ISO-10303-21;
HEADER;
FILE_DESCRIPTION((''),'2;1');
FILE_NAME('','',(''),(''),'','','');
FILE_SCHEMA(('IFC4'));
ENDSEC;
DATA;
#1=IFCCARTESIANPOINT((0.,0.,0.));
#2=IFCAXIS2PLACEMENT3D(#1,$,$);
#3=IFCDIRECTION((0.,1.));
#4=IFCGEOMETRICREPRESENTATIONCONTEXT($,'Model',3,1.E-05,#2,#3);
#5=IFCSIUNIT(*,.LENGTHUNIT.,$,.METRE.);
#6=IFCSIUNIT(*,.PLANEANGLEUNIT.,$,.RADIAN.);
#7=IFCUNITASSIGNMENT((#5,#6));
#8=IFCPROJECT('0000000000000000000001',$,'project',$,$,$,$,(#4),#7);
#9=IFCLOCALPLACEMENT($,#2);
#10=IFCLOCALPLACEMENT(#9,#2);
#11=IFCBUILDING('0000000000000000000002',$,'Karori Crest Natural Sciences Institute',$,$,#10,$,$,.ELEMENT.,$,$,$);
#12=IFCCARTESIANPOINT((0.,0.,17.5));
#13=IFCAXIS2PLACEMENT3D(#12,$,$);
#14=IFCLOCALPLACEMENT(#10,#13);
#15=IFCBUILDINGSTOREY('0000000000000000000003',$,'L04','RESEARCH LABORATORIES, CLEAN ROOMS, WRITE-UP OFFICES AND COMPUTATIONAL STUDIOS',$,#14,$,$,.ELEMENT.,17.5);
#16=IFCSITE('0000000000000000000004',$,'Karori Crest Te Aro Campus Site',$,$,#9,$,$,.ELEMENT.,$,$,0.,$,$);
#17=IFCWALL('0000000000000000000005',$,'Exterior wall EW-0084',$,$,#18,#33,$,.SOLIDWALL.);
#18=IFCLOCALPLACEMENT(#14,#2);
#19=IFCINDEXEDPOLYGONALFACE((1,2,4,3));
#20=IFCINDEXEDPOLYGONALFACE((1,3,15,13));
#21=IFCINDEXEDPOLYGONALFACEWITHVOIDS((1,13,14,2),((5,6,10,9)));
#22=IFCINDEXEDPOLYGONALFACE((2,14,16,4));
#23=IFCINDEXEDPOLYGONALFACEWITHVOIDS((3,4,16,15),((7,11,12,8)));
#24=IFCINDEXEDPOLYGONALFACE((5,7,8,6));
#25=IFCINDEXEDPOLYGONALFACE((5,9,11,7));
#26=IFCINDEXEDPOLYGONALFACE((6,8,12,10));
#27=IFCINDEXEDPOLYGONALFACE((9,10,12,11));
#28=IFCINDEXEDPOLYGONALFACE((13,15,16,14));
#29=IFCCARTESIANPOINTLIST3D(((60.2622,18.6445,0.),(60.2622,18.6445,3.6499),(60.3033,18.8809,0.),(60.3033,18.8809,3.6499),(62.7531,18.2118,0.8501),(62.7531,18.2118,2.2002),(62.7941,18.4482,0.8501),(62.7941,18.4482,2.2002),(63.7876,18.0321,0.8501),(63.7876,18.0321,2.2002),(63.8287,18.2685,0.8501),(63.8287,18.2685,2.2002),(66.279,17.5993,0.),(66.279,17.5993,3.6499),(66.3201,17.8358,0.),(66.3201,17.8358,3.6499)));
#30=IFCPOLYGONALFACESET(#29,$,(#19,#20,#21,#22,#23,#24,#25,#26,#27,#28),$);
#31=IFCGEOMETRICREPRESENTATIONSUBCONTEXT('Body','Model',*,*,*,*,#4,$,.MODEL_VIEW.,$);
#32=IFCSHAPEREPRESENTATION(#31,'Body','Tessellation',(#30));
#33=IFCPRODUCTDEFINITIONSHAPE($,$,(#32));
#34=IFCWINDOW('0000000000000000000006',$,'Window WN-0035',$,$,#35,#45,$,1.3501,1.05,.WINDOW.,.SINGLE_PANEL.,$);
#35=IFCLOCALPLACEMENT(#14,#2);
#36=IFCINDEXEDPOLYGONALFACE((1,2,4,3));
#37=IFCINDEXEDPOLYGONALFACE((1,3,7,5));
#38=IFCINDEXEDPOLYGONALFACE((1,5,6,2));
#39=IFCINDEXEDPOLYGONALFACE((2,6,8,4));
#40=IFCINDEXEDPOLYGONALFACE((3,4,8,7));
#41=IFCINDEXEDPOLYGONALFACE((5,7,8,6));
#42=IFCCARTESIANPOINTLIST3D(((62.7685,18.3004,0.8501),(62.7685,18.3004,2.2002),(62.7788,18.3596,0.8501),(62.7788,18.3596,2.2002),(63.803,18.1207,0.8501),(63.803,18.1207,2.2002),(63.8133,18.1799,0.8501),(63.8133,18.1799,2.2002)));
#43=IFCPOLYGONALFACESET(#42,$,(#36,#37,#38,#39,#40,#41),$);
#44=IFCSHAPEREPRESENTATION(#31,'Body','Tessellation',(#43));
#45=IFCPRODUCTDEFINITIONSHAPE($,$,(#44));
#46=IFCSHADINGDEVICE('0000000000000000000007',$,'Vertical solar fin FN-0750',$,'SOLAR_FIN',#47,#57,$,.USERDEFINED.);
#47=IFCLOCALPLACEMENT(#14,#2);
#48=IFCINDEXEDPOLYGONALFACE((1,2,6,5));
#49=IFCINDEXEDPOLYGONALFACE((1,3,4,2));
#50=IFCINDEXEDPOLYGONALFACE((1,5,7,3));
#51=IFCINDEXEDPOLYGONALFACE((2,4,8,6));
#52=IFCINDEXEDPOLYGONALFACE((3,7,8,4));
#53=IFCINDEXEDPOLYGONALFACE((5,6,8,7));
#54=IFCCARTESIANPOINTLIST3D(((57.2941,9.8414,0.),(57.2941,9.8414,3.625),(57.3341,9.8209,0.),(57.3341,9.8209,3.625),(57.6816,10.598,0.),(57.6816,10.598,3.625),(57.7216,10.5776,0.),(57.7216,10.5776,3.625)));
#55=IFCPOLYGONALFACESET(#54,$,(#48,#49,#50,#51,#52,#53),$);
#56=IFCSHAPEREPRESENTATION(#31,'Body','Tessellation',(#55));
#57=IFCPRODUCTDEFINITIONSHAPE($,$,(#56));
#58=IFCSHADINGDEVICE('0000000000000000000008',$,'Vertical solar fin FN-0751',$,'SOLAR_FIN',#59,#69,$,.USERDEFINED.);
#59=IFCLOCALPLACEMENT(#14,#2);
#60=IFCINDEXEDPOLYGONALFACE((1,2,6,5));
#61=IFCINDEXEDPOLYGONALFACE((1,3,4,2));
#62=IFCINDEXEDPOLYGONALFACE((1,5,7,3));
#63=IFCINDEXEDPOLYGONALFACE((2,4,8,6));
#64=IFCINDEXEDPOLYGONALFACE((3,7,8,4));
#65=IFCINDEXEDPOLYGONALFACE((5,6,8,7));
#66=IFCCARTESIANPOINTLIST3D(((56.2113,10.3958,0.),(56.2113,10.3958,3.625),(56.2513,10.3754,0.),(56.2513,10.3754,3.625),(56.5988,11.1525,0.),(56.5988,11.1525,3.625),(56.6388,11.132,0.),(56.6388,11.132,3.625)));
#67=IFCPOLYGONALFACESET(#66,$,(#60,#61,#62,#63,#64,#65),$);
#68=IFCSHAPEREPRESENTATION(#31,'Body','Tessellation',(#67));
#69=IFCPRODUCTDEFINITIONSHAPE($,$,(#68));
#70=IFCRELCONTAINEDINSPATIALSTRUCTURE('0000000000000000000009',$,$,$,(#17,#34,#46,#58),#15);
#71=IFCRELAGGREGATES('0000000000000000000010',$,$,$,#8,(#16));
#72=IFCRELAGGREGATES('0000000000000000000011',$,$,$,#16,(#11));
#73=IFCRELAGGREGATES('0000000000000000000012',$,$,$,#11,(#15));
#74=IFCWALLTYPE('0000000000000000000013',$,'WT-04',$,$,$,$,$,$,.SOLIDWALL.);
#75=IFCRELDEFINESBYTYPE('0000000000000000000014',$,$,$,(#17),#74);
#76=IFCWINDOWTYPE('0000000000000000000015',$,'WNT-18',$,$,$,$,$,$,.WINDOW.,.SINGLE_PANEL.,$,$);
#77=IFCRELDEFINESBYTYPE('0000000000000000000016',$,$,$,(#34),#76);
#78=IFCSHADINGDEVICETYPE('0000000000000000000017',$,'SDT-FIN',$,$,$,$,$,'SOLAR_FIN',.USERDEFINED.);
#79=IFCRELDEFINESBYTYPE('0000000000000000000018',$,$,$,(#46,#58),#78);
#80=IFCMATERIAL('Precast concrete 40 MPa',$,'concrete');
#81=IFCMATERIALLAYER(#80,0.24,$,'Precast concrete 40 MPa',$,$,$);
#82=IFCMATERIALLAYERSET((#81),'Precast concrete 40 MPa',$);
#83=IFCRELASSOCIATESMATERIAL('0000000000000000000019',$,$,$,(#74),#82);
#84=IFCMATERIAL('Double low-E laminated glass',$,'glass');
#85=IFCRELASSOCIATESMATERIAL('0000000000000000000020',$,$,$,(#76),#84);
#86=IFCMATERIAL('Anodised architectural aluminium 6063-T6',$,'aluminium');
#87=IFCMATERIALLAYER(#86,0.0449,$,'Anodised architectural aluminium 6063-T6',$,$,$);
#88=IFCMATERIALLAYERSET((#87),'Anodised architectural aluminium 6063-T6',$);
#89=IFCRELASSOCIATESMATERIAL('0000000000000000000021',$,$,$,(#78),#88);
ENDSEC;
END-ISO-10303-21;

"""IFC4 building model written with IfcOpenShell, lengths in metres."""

from ifc_helpers import new_model, si_unit, direction, frame, frame_2d, origin, origin_2d, place, context, subcontext, project, spatial, rectangle, extrude, material, layer, layer_set, type_object, element, fill, save


model = new_model("IFC4")

# Units and contexts
model_context = context("Model", 3, precision=1e-05, world=origin(), true_north=direction((0.0, 1.0)))
body_context = subcontext(model_context, "Body", "Model", "MODEL_VIEW")
ifc_project = project(units=[si_unit("LENGTHUNIT", "METRE"), si_unit("PLANEANGLEUNIT", "RADIAN")], contexts=[model_context])

# Site, building, storey
site_placement = place(None, origin())
site = spatial("IfcSite", under=ifc_project, at=site_placement, Name="Karori Crest Te Aro Campus Site", CompositionType="ELEMENT", RefElevation=0.0)
building_placement = place(site_placement, origin())
building = spatial("IfcBuilding", under=site, at=building_placement, Name="Karori Crest Natural Sciences Institute", CompositionType="ELEMENT")
storey_placement = place(building_placement, frame((0.0, 0.0, 17.5)))
storey = spatial("IfcBuildingStorey", under=building, at=storey_placement, Name="L04", Description="RESEARCH LABORATORIES, CLEAN ROOMS, WRITE-UP OFFICES AND COMPUTATIONAL STUDIOS", CompositionType="ELEMENT", Elevation=17.5)

# Shared definitions
ifc_material_1 = material(Name="Anodised architectural aluminium 6063-T6", Category="aluminium")

# Shared definitions
ifc_material_2 = material(Name="Double low-E laminated glass", Category="glass")

# Wall, opening, window
ifc_material_3 = material(Name="Precast concrete 40 MPa", Category="concrete")
ifc_layer_1 = layer(ifc_material_3, 0.24, Name="Precast concrete 40 MPa")
ifc_layer_set_1 = layer_set([ifc_layer_1], Name="Precast concrete 40 MPa")
wall_type_1 = type_object("IfcWallType", Name="WT-04", PredefinedType="SOLIDWALL", material=ifc_layer_set_1)
wall_1_placement = place(storey_placement, frame((60.2827, 18.7627, 0.0), z_axis=(0.0, 0.0, 1.0), x_axis=(0.985246, -0.171144, 0.0)))
wall_1 = element("IfcWall", 1, at=wall_1_placement, inside=storey, type_object=wall_type_1, Name="Exterior wall EW-0084", PredefinedType="SOLIDWALL", context=body_context, shape_type="SweptSolid", body=[
    extrude(rectangle(XDim=6.1069, YDim=0.24, at=frame_2d((3.0535, 0.0))), origin(), (0.0, 0.0, 1.0), 3.6499),
])
opening_1_placement = place(wall_1_placement, frame((2.5283, 0.0, 0.8501)))
opening_1 = element("IfcOpeningElement", 2, at=opening_1_placement, cuts=wall_1, PredefinedType="OPENING", context=body_context, shape_type="SweptSolid", body=[
    extrude(rectangle(XDim=1.05, YDim=1.3501, at=frame_2d((0.5249, 0.675))), frame((0.0, 0.1299, 0.0), z_axis=(0.0, -1.0, 0.0), x_axis=(1.0, 0.0, 0.0)), (0.0, 0.0, 1.0), 0.26),
])
window_type = type_object("IfcWindowType", Name="WNT-18", PartitioningType="SINGLE_PANEL", PredefinedType="WINDOW", material=ifc_material_2)
window_placement = place(opening_1_placement, origin())
window = element("IfcWindow", 3, at=window_placement, inside=storey, type_object=window_type, Name="Window WN-0035", OverallHeight=1.3501, OverallWidth=1.05, PartitioningType="SINGLE_PANEL", PredefinedType="WINDOW", context=body_context, shape_type="SweptSolid", body=[
    extrude(rectangle(XDim=1.05, YDim=1.3501, at=frame_2d((0.5249, 0.675))), frame((0.0, 0.03, 0.0), z_axis=(0.0, -1.0, 0.0), x_axis=(1.0, 0.0, 0.0)), (0.0, 0.0, 1.0), 0.0601),
])
fill(opening_1, window)

# Shading devices
ifc_layer_2 = layer(ifc_material_1, 0.0449, Name="Anodised architectural aluminium 6063-T6")
ifc_layer_set_2 = layer_set([ifc_layer_2], Name="Anodised architectural aluminium 6063-T6")
shading_device_type = type_object("IfcShadingDeviceType", Name="SDT-FIN", ElementType="SOLAR_FIN", PredefinedType="USERDEFINED", material=ifc_layer_set_2)
for number, where, z_axis, x_axis, name in (
    (4, (57.5078, 10.2095, 0.0), (0.0, 0.0, 1.0), (-0.455829, -0.890067, 0.0), "Vertical solar fin FN-0750"),
    (5, (56.425, 10.7639, 0.0), (0.0, 0.0, 1.0), (-0.455829, -0.890067, 0.0), "Vertical solar fin FN-0751"),
):
    element("IfcShadingDevice", number, at=place(storey_placement, frame(where, z_axis=z_axis, x_axis=x_axis)), inside=storey, type_object=shading_device_type, Name=name, ObjectType="SOLAR_FIN", PredefinedType="USERDEFINED", context=body_context, shape_type="SweptSolid", body=[
        extrude(rectangle(XDim=0.8501, YDim=0.0449, at=origin_2d()), origin(), (0.0, 0.0, 1.0), 3.625),
    ])

save(model, "model.ifc")
